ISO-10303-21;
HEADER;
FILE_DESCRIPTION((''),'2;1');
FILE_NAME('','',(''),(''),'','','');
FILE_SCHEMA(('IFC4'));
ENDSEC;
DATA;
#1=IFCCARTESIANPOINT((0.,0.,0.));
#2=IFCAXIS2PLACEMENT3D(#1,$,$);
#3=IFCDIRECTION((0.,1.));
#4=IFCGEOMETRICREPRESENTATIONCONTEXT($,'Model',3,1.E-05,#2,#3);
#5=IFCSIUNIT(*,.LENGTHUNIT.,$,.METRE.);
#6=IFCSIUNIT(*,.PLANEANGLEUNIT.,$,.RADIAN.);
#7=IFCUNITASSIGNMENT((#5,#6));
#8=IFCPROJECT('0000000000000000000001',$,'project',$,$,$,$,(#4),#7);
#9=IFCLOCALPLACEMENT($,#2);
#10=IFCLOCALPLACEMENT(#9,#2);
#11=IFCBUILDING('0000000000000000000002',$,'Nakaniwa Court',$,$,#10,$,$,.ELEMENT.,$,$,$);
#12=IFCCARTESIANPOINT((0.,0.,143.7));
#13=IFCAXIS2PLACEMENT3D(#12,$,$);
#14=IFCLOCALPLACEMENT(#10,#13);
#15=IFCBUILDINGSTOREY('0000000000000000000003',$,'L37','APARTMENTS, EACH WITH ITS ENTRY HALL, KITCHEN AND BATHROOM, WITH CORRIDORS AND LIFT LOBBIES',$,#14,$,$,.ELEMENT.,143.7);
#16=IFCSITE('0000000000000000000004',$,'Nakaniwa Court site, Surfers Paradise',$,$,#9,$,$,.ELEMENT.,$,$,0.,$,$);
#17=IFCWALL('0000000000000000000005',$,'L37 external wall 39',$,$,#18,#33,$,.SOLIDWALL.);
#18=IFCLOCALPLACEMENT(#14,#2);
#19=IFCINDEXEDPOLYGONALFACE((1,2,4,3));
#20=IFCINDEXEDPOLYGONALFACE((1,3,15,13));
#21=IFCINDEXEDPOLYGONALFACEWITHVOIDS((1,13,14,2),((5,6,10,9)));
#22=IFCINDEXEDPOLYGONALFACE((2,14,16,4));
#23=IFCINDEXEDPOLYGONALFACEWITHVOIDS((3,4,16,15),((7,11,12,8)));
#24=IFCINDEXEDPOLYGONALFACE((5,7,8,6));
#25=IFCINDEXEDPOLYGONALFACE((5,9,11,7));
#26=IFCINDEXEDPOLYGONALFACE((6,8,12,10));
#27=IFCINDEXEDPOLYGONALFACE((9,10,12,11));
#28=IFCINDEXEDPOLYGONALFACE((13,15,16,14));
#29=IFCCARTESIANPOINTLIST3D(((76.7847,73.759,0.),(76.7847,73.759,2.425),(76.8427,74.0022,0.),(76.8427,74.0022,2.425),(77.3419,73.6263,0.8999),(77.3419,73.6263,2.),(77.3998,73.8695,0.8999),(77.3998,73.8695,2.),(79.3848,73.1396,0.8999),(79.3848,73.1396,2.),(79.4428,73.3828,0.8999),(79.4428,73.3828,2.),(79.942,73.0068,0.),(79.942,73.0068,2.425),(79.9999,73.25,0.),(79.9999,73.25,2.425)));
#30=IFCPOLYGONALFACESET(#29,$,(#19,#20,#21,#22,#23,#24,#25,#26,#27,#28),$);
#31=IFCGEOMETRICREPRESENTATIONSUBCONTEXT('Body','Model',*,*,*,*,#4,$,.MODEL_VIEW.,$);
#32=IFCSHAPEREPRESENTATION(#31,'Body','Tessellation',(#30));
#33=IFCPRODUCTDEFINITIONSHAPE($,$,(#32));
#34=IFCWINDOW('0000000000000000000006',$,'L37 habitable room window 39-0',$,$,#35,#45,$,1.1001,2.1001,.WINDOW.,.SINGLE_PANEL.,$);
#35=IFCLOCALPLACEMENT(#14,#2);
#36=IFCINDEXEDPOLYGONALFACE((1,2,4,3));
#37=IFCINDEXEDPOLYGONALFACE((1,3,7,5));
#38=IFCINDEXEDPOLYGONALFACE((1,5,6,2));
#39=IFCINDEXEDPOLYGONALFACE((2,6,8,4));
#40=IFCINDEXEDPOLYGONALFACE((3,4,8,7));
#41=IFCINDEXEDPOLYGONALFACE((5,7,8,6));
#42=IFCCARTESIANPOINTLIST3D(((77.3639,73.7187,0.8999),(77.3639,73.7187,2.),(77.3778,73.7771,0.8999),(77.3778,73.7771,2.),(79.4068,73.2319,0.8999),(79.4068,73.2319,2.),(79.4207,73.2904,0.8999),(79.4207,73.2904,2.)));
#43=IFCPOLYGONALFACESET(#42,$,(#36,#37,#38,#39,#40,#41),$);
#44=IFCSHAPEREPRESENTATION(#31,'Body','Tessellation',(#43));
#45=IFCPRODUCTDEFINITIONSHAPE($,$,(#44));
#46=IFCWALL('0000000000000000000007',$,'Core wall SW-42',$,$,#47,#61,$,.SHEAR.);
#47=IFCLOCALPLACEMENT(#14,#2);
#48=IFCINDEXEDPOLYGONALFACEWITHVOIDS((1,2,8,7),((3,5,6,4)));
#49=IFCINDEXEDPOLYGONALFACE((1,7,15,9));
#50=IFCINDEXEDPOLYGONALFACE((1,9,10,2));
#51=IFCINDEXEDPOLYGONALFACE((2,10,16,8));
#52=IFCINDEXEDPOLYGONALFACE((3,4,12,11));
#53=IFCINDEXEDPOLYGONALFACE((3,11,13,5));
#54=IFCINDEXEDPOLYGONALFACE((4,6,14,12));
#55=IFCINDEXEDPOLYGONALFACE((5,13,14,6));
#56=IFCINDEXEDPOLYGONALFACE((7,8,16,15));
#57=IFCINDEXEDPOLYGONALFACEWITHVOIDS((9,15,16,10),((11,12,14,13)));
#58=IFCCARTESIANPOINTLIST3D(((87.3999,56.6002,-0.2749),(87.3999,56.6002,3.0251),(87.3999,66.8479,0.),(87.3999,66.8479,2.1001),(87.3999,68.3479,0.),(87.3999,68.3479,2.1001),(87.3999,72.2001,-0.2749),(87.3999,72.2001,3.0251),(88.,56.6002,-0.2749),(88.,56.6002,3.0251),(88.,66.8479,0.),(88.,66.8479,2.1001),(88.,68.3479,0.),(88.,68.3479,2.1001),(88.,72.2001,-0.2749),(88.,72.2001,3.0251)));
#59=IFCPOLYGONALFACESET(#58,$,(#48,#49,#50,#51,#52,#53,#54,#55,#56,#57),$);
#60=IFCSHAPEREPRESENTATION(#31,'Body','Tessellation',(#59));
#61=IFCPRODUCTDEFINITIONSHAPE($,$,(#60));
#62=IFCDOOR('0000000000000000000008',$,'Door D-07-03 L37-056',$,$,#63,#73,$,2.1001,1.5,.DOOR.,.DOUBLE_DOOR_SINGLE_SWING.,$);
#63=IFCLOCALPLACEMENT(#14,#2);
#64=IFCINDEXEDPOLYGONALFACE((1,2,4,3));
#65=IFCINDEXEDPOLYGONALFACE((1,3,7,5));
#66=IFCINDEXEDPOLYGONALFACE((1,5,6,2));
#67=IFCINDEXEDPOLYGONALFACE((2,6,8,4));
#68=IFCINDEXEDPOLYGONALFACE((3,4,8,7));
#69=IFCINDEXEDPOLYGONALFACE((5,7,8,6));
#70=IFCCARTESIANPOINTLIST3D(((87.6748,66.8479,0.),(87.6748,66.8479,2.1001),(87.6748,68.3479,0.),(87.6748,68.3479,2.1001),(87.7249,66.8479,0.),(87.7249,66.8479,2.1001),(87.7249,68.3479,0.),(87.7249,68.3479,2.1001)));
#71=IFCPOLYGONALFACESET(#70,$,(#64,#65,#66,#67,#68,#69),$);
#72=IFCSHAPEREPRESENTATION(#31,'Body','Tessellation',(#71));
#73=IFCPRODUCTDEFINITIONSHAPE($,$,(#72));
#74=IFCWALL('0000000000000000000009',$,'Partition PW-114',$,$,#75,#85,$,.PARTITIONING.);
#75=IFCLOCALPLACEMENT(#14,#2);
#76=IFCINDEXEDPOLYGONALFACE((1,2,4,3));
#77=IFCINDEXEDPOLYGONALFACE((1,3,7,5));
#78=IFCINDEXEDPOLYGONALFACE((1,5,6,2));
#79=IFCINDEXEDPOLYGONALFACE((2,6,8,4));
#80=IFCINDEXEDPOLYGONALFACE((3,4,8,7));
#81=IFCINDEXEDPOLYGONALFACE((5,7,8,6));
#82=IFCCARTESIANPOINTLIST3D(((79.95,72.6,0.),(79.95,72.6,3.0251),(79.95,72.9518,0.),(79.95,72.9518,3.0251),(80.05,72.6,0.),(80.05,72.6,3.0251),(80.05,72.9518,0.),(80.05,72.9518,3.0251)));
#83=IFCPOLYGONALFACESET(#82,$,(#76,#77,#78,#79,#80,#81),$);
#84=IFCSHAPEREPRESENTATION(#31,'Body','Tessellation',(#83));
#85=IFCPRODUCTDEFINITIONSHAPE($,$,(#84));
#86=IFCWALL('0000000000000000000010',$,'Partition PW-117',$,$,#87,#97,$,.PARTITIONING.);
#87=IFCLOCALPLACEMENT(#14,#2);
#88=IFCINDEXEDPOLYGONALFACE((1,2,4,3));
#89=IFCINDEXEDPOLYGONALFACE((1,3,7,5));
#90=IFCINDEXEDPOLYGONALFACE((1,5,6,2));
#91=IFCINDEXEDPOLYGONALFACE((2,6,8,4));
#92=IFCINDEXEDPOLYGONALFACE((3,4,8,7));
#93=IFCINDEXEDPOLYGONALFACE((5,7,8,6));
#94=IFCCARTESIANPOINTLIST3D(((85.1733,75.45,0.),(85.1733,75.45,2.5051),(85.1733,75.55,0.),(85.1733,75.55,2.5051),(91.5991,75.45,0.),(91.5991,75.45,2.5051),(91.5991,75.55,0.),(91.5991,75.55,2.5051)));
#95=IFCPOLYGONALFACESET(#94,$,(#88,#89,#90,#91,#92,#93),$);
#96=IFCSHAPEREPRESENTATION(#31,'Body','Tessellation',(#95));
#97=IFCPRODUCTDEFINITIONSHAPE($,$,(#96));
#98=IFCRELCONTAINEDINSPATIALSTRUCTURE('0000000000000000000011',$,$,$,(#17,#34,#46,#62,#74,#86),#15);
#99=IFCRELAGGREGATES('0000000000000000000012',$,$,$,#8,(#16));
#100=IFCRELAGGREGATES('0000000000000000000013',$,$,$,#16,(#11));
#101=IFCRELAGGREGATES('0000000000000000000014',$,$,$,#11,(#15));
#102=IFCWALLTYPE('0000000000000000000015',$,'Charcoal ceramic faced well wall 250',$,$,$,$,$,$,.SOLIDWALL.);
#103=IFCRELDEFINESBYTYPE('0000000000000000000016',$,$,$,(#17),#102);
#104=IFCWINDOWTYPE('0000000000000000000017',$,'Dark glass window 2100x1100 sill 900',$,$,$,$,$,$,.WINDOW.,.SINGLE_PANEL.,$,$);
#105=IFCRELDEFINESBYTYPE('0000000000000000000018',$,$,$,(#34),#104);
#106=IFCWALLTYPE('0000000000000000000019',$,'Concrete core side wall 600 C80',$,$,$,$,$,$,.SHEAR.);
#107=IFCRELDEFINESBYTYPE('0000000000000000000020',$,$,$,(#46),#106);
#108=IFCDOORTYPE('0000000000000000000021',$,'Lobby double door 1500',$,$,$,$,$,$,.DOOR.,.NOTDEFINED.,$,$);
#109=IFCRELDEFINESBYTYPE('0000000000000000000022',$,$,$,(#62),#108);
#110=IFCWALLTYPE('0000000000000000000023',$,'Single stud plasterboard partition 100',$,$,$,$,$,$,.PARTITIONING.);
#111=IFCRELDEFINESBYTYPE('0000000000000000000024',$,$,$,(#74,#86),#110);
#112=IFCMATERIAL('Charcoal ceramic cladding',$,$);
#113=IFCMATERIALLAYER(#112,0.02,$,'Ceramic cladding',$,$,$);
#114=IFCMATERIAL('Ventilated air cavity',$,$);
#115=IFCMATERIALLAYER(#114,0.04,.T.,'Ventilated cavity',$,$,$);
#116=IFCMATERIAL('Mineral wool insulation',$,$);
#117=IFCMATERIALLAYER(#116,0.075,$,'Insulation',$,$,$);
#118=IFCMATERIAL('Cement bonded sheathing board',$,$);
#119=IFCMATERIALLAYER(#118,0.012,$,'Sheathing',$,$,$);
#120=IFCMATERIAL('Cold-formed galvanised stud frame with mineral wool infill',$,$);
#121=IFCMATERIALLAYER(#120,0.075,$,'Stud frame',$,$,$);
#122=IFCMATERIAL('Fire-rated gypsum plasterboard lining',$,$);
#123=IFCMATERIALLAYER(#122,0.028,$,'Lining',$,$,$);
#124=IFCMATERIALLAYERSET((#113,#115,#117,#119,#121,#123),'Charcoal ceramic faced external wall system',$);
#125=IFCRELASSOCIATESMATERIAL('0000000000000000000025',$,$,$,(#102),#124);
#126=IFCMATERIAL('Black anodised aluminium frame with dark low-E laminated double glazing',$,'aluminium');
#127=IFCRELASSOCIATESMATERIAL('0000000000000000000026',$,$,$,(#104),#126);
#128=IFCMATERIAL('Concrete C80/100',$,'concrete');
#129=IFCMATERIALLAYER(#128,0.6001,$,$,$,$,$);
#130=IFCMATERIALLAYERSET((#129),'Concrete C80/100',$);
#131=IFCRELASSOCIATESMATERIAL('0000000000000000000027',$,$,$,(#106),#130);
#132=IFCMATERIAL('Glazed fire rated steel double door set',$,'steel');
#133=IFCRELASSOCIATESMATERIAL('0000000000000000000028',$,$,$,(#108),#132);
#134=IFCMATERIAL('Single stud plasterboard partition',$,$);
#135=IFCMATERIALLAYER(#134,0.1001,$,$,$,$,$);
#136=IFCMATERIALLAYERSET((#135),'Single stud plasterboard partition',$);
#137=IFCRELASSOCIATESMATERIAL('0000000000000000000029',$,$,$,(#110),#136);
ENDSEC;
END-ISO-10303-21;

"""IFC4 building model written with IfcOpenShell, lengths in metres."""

from ifc_helpers import new_model, si_unit, direction, frame, frame_2d, origin, place, context, subcontext, project, spatial, rectangle, extrude, material, layer, layer_set, type_object, element, fill, save


model = new_model("IFC4")

# Units and contexts
model_context = context("Model", 3, precision=1e-05, world=origin(), true_north=direction((0.0, 1.0)))
body_context = subcontext(model_context, "Body", "Model", "MODEL_VIEW")
ifc_project = project(units=[si_unit("LENGTHUNIT", "METRE"), si_unit("PLANEANGLEUNIT", "RADIAN")], contexts=[model_context])

# Site, building, storey
site_placement = place(None, origin())
site = spatial("IfcSite", under=ifc_project, at=site_placement, Name="Nakaniwa Court site, Surfers Paradise", CompositionType="ELEMENT", RefElevation=0.0)
building_placement = place(site_placement, origin())
building = spatial("IfcBuilding", under=site, at=building_placement, Name="Nakaniwa Court", CompositionType="ELEMENT")
storey_placement = place(building_placement, frame((0.0, 0.0, 143.7)))
storey = spatial("IfcBuildingStorey", under=building, at=storey_placement, Name="L37", Description="APARTMENTS, EACH WITH ITS ENTRY HALL, KITCHEN AND BATHROOM, WITH CORRIDORS AND LIFT LOBBIES", CompositionType="ELEMENT", Elevation=143.7)

# Shared definitions
ifc_material_1 = material(Name="Concrete C80/100", Category="concrete")

# Wall, opening, window
ifc_material_2 = material(Name="Charcoal ceramic cladding")
ifc_layer_1 = layer(ifc_material_2, 0.02, Name="Ceramic cladding")
ifc_material_3 = material(Name="Ventilated air cavity")
ifc_layer_2 = layer(ifc_material_3, 0.04, ventilated=True, Name="Ventilated cavity")
ifc_material_4 = material(Name="Mineral wool insulation")
ifc_layer_3 = layer(ifc_material_4, 0.075, Name="Insulation")
ifc_material_5 = material(Name="Cement bonded sheathing board")
ifc_layer_4 = layer(ifc_material_5, 0.012, Name="Sheathing")
ifc_material_6 = material(Name="Cold-formed galvanised stud frame with mineral wool infill")
ifc_layer_5 = layer(ifc_material_6, 0.075, Name="Stud frame")
ifc_material_7 = material(Name="Fire-rated gypsum plasterboard lining")
ifc_layer_6 = layer(ifc_material_7, 0.028, Name="Lining")
ifc_layer_set_1 = layer_set([ifc_layer_1, ifc_layer_2, ifc_layer_3, ifc_layer_4, ifc_layer_5, ifc_layer_6], Name="Charcoal ceramic faced external wall system")
wall_type_1 = type_object("IfcWallType", Name="Charcoal ceramic faced well wall 250", PredefinedType="SOLIDWALL", material=ifc_layer_set_1)
ifc_material_8 = material(Name="Black anodised aluminium frame with dark low-E laminated double glazing", Category="aluminium")
window_type_1 = type_object("IfcWindowType", Name="Dark glass window 2100x1100 sill 900", PartitioningType="SINGLE_PANEL", PredefinedType="WINDOW", material=ifc_material_8)
wall_1_placement = place(storey_placement, frame((79.9709, 73.1284, 0.0), z_axis=(0.0, 0.0, 1.0), x_axis=(-0.972773, 0.23176, 0.0)))
wall_1 = element("IfcWall", 1, at=wall_1_placement, inside=storey, type_object=wall_type_1, Name="L37 external wall 39", PredefinedType="SOLIDWALL", context=body_context, shape_type="SweptSolid", body=[
    extrude(rectangle(XDim=3.2456, YDim=0.25, at=frame_2d((1.6228, 0.0))), origin(), (0.0, 0.0, 1.0), 2.425),
])
opening_1_placement = place(wall_1_placement, frame((0.5728, 0.0, 0.8999)))
opening_1 = element("IfcOpeningElement", 2, at=opening_1_placement, cuts=wall_1, PredefinedType="OPENING", context=body_context, shape_type="SweptSolid", body=[
    extrude(rectangle(XDim=2.1001, YDim=1.1001, at=frame_2d((1.05, 0.55))), frame((0.0, 0.135, 0.0), z_axis=(0.0, -1.0, 0.0), x_axis=(1.0, 0.0, 0.0)), (0.0, 0.0, 1.0), 0.27),
])
window_1_placement = place(opening_1_placement, origin())
window_1 = element("IfcWindow", 3, at=window_1_placement, inside=storey, type_object=window_type_1, Name="L37 habitable room window 39-0", OverallHeight=1.1001, OverallWidth=2.1001, PartitioningType="SINGLE_PANEL", PredefinedType="WINDOW", context=body_context, shape_type="SweptSolid", body=[
    extrude(rectangle(XDim=2.1001, YDim=1.1001, at=frame_2d((1.05, 0.55))), frame((0.0, 0.03, 0.0), z_axis=(0.0, -1.0, 0.0), x_axis=(1.0, 0.0, 0.0)), (0.0, 0.0, 1.0), 0.0601),
])
fill(opening_1, window_1)

# Wall, opening, door
ifc_layer_7 = layer(ifc_material_1, 0.6001)
ifc_layer_set_2 = layer_set([ifc_layer_7], Name="Concrete C80/100")
wall_type_2 = type_object("IfcWallType", Name="Concrete core side wall 600 C80", PredefinedType="SHEAR", material=ifc_layer_set_2)
wall_2_placement = place(storey_placement, frame((87.7, 72.2, -0.2749), z_axis=(0.0, 0.0, 1.0), x_axis=(0.0, -1.0, 0.0)))
wall_2 = element("IfcWall", 4, at=wall_2_placement, inside=storey, type_object=wall_type_2, Name="Core wall SW-42", PredefinedType="SHEAR", context=body_context, shape_type="SweptSolid", body=[
    extrude(rectangle(XDim=15.5999, YDim=0.6001, at=frame_2d((7.7998, 0.0))), origin(), (0.0, 0.0, 1.0), 3.3),
])
opening_2_placement = place(wall_2_placement, frame((3.8521, 0.0, 0.2749)))
opening_2 = element("IfcOpeningElement", 5, at=opening_2_placement, cuts=wall_2, PredefinedType="OPENING", context=body_context, shape_type="SweptSolid", body=[
    extrude(rectangle(XDim=1.5, YDim=2.1001, at=frame_2d((0.75, 1.05))), frame((0.0, 0.3101, 0.0), z_axis=(0.0, -1.0, 0.0), x_axis=(1.0, 0.0, 0.0)), (0.0, 0.0, 1.0), 0.6201),
])
ifc_material_9 = material(Name="Glazed fire rated steel double door set", Category="steel")
door_type = type_object("IfcDoorType", Name="Lobby double door 1500", OperationType="NOTDEFINED", PredefinedType="DOOR", material=ifc_material_9)
door_placement = place(opening_2_placement, origin())
door = element("IfcDoor", 6, at=door_placement, inside=storey, type_object=door_type, Name="Door D-07-03 L37-056", OperationType="DOUBLE_DOOR_SINGLE_SWING", OverallHeight=2.1001, OverallWidth=1.5, PredefinedType="DOOR", context=body_context, shape_type="SweptSolid", body=[
    extrude(rectangle(XDim=1.5, YDim=2.1001, at=frame_2d((0.75, 1.05))), frame((0.0, 0.0249, 0.0), z_axis=(0.0, -1.0, 0.0), x_axis=(1.0, 0.0, 0.0)), (0.0, 0.0, 1.0), 0.05),
])
fill(opening_2, door)

# Walls
ifc_material_10 = material(Name="Single stud plasterboard partition")
ifc_layer_8 = layer(ifc_material_10, 0.1001)
ifc_layer_set_3 = layer_set([ifc_layer_8], Name="Single stud plasterboard partition")
wall_type_3 = type_object("IfcWallType", Name="Single stud plasterboard partition 100", PredefinedType="PARTITIONING", material=ifc_layer_set_3)
wall_3_placement = place(storey_placement, frame((80.0, 72.6001, 0.0), z_axis=(0.0, 0.0, 1.0), x_axis=(0.0, 1.0, 0.0)))
element("IfcWall", 7, at=wall_3_placement, inside=storey, type_object=wall_type_3, Name="Partition PW-114", PredefinedType="PARTITIONING", context=body_context, shape_type="SweptSolid", body=[
    extrude(rectangle(XDim=0.3518, YDim=0.1001, at=frame_2d((0.1758, 0.0))), origin(), (0.0, 0.0, 1.0), 3.0251),
])
wall_4_placement = place(storey_placement, frame((85.1733, 75.5, 0.0), z_axis=(0.0, 0.0, 1.0), x_axis=(1.0, 0.0, 0.0)))
element("IfcWall", 8, at=wall_4_placement, inside=storey, type_object=wall_type_3, Name="Partition PW-117", PredefinedType="PARTITIONING", context=body_context, shape_type="SweptSolid", body=[
    extrude(rectangle(XDim=6.4258, YDim=0.1001, at=frame_2d((3.2129, 0.0))), origin(), (0.0, 0.0, 1.0), 2.5051),
])

save(model, "model.ifc")
